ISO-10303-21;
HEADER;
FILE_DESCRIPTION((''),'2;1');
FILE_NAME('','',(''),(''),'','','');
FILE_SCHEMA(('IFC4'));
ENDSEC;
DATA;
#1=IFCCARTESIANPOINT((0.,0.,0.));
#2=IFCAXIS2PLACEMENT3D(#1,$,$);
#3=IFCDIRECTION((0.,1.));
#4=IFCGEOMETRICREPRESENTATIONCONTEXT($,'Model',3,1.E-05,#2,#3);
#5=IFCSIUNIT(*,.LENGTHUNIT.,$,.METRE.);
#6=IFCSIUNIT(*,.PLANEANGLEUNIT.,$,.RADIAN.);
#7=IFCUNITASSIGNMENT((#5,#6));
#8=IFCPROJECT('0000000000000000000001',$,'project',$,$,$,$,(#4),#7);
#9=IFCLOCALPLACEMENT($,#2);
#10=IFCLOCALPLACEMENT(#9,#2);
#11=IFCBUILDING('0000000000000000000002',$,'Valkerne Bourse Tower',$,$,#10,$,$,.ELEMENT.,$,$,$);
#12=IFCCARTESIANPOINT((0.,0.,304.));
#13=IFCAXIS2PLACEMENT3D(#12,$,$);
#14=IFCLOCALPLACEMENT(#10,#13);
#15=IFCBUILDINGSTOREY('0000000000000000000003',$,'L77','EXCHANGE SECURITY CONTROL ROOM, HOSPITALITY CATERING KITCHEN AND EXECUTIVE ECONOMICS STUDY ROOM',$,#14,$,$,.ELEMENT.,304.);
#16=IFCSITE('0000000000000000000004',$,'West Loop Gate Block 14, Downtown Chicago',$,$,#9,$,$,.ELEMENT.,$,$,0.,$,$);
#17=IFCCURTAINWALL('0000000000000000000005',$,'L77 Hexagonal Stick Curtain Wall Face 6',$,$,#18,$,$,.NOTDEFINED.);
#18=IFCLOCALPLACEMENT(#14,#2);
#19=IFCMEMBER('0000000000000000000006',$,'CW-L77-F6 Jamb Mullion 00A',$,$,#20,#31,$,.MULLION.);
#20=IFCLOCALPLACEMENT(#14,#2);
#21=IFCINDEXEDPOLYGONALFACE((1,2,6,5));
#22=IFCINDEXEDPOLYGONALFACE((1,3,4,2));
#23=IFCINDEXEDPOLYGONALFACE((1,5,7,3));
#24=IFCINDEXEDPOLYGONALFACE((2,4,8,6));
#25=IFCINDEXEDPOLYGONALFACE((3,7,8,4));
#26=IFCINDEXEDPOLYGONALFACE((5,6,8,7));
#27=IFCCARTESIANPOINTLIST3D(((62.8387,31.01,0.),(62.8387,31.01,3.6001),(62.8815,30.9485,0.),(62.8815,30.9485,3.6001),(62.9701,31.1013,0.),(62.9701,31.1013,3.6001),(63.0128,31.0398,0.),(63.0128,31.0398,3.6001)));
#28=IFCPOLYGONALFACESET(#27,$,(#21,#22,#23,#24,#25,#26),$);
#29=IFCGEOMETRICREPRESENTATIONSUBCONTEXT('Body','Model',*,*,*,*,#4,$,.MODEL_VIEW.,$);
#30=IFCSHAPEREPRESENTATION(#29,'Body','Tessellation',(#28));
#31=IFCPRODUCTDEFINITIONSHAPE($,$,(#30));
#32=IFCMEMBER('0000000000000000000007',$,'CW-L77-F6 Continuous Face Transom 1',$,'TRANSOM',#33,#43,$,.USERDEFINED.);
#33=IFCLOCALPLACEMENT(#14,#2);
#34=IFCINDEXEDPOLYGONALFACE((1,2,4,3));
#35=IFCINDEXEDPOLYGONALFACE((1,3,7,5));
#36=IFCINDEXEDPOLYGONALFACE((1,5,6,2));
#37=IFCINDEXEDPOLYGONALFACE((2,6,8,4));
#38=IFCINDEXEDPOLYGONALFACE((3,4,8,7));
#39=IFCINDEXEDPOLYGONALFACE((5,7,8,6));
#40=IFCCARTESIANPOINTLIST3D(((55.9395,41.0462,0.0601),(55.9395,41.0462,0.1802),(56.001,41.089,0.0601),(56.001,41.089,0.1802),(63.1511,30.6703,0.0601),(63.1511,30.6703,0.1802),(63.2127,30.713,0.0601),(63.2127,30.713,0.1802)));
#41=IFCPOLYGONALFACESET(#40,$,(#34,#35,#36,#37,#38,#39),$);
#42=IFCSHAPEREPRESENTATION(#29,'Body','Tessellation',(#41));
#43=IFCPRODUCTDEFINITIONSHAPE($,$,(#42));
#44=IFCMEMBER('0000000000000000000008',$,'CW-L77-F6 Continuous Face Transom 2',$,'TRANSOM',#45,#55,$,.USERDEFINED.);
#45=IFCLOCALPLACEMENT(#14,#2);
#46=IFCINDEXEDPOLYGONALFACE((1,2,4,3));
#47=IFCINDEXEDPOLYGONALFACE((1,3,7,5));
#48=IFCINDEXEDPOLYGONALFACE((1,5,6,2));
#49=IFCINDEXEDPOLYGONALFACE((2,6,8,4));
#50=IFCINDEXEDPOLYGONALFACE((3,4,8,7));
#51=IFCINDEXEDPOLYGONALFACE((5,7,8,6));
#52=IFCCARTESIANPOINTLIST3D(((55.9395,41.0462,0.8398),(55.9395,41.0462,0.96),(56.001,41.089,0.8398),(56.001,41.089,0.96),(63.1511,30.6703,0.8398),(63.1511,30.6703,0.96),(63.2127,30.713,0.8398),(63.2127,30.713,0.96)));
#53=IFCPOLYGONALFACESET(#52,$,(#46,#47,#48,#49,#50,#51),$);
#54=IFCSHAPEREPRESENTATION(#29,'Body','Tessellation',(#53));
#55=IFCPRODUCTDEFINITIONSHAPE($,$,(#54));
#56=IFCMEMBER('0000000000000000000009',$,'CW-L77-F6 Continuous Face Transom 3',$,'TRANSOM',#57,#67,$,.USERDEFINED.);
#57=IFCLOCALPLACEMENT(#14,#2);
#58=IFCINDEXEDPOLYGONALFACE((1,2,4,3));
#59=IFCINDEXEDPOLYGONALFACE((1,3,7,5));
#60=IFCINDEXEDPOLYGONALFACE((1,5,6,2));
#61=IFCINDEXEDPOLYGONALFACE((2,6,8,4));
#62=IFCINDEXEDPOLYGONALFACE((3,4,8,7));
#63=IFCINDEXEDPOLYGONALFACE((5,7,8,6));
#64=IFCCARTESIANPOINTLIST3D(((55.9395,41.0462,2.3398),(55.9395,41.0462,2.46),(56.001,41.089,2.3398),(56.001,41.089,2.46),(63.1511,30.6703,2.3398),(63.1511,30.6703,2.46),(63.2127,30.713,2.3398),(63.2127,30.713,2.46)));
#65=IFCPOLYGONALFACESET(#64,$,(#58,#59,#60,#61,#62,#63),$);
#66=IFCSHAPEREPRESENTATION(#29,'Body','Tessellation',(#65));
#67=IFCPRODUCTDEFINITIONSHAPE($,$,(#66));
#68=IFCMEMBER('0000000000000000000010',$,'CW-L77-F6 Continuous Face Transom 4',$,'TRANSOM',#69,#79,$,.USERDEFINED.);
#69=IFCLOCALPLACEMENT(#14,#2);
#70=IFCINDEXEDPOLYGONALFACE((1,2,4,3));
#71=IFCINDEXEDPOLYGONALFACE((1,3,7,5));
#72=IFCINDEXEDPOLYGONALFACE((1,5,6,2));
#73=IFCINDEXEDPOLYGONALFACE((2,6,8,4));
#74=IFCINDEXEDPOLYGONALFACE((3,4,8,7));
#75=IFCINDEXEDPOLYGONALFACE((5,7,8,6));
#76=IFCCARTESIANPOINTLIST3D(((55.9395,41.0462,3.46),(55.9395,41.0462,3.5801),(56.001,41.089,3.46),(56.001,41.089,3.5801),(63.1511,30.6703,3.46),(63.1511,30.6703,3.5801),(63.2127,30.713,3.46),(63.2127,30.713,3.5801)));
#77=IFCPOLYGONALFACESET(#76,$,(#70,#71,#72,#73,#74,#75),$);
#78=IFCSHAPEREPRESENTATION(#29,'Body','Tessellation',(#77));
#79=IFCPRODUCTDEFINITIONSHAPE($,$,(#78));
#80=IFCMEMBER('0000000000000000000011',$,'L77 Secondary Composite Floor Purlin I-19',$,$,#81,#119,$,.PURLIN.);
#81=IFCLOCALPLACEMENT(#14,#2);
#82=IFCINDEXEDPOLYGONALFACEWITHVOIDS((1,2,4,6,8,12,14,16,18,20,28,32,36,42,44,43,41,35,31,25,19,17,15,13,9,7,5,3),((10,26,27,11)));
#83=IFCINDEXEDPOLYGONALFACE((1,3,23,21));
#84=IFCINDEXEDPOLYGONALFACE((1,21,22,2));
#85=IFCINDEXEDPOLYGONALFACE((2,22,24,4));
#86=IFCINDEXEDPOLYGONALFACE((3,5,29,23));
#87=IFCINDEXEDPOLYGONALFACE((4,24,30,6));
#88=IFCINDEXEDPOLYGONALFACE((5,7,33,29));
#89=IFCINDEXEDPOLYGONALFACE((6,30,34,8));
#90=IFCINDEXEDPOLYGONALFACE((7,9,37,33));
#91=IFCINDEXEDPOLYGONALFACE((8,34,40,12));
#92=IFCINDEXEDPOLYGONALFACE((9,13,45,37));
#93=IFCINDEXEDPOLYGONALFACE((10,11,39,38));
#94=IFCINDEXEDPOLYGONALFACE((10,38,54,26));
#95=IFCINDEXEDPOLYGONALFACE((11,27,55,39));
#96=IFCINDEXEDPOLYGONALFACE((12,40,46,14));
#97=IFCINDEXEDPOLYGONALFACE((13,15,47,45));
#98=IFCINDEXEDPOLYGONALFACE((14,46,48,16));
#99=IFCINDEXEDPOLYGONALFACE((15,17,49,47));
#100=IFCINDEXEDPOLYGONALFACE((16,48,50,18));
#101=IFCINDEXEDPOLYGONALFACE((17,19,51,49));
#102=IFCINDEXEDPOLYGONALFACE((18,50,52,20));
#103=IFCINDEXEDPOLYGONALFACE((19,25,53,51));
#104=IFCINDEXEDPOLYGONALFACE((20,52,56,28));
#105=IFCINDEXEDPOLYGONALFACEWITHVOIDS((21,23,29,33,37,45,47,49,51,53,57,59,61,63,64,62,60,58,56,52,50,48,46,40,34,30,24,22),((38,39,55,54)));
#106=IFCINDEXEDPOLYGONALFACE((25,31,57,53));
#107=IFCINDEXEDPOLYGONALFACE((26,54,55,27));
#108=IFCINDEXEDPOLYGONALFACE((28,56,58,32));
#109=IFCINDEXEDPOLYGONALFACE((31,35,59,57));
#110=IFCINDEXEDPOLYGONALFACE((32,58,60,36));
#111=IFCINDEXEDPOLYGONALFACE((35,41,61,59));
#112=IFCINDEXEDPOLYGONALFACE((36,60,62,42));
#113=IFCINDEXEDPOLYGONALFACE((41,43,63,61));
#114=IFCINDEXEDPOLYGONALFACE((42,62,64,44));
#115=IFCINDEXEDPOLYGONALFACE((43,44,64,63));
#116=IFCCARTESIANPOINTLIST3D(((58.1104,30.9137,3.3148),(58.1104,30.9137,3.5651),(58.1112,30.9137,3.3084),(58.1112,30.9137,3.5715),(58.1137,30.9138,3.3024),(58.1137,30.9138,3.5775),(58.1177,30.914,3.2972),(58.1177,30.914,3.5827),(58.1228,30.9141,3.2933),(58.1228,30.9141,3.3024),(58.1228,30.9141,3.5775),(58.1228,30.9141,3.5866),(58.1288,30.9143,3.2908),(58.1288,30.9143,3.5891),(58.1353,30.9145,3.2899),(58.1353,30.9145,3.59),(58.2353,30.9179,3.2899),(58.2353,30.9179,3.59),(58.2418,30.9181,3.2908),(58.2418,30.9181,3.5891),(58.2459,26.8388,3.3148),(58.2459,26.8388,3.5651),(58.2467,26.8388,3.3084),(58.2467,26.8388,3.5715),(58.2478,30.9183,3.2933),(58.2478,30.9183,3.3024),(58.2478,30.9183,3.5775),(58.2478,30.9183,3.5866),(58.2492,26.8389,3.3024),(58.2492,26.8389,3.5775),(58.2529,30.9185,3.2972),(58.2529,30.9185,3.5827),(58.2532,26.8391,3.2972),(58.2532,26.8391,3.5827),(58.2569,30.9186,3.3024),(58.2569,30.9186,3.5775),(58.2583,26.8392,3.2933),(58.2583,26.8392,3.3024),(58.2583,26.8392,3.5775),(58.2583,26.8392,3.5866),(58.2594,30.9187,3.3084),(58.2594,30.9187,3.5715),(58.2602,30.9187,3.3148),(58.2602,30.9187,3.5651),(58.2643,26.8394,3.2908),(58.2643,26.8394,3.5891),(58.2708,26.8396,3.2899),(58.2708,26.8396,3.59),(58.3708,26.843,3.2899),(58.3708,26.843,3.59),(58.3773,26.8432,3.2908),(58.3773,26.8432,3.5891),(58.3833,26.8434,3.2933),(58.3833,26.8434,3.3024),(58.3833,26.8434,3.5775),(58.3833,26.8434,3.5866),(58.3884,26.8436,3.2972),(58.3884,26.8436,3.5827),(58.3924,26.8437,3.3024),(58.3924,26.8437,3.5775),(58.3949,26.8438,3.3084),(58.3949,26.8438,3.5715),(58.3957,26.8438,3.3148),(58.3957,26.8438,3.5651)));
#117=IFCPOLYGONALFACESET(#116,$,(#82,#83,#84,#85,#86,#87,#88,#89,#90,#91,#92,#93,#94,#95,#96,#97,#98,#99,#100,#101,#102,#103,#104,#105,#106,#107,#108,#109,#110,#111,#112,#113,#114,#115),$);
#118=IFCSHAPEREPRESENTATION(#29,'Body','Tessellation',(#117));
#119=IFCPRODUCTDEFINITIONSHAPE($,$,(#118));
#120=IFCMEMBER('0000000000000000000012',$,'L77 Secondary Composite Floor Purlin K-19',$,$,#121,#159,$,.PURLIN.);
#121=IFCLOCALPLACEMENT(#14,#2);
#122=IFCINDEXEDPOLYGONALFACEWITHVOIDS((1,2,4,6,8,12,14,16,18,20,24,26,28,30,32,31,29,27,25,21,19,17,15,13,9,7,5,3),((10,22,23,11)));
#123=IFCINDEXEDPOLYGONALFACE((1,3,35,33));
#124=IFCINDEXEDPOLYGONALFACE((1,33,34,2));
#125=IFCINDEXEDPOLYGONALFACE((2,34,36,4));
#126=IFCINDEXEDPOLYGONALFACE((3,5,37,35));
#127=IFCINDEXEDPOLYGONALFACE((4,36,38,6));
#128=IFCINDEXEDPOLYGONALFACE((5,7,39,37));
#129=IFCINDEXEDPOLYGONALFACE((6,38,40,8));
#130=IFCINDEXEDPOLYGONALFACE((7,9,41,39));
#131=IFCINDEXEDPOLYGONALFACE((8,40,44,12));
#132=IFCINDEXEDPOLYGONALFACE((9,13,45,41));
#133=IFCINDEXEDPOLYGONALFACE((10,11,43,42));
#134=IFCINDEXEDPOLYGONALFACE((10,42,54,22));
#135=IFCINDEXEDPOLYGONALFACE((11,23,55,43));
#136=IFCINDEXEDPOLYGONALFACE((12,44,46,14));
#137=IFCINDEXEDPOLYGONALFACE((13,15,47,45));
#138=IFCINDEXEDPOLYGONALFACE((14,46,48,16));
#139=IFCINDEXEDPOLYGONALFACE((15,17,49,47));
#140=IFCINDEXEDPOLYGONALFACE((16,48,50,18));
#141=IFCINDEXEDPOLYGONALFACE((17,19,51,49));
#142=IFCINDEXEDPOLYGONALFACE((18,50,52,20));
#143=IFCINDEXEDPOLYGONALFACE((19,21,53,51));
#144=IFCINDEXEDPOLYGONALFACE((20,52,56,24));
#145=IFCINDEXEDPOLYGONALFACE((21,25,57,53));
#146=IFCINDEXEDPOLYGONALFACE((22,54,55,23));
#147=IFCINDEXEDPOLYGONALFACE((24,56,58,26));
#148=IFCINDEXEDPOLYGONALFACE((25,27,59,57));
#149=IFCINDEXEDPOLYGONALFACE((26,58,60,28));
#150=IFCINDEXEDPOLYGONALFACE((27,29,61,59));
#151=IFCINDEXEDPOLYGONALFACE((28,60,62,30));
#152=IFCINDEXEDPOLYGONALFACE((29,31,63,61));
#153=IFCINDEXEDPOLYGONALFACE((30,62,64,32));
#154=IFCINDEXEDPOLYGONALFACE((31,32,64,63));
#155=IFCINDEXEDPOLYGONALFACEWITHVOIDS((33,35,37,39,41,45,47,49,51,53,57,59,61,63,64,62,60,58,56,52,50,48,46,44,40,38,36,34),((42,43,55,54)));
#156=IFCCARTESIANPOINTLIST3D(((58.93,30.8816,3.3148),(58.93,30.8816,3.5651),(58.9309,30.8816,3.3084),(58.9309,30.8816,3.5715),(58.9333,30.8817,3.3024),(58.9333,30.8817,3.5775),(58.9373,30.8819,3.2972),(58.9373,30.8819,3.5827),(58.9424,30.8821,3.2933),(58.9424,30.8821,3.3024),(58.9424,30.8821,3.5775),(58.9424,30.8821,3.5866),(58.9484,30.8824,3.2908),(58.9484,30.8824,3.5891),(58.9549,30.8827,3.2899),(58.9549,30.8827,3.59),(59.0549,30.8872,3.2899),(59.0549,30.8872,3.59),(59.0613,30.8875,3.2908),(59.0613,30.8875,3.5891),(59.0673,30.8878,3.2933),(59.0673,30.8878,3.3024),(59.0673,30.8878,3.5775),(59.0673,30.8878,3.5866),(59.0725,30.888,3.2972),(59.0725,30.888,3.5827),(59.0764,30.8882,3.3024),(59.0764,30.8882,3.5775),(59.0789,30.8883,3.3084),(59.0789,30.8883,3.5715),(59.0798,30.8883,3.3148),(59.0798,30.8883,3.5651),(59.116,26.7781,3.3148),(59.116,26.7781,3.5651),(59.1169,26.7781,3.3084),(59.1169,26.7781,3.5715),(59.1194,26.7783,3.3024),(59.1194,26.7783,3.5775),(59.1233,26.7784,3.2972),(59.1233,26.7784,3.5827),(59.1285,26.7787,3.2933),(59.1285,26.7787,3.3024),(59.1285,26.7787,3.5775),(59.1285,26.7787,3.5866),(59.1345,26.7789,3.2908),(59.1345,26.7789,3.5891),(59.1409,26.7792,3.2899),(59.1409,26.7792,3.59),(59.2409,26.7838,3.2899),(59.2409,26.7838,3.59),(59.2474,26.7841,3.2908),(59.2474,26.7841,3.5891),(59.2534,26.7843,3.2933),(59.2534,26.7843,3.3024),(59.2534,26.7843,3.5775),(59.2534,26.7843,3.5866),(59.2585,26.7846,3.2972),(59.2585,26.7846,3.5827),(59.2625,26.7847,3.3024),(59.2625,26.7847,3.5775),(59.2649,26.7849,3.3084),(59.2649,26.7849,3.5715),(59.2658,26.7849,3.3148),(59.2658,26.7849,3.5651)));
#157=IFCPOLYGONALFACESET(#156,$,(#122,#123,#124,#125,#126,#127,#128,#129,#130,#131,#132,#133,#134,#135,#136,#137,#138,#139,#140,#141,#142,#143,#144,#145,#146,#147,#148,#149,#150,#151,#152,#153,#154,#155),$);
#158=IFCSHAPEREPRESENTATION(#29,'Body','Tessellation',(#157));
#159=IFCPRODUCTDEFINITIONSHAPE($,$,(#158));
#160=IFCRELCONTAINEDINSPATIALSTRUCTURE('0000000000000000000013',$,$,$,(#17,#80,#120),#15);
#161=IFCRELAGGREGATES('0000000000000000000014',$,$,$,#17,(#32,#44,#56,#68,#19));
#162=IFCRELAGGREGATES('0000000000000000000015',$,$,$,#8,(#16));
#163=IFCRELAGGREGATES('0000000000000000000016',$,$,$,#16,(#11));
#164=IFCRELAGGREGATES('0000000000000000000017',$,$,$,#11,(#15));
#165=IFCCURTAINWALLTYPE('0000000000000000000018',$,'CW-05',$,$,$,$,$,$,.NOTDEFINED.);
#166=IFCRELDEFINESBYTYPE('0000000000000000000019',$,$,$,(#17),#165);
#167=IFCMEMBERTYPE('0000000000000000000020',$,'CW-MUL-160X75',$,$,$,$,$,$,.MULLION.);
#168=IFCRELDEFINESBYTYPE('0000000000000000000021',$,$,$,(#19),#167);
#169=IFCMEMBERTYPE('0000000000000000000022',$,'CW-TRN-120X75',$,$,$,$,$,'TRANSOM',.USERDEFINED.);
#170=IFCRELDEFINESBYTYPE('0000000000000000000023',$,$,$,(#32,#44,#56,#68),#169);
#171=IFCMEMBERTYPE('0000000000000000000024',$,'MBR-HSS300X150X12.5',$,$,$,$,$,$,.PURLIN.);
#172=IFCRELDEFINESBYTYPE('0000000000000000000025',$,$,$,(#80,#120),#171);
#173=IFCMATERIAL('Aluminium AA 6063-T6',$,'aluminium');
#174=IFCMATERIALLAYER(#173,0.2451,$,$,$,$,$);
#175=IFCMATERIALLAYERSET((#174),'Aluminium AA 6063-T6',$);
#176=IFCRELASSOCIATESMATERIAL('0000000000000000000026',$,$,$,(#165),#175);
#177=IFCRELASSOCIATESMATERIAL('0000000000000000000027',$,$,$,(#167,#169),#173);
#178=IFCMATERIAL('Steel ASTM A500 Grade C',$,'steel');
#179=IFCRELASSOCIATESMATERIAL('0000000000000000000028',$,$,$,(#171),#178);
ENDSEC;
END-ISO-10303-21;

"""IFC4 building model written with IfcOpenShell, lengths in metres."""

from ifc_helpers import new_model, si_unit, direction, frame, origin, origin_2d, place, context, subcontext, project, spatial, rectangle, hollow_rectangle, extrude, material, layer, layer_set, material_profile, profile_set, type_object, element, aggregate, save


model = new_model("IFC4")

# Units and contexts
model_context = context("Model", 3, precision=1e-05, world=origin(), true_north=direction((0.0, 1.0)))
body_context = subcontext(model_context, "Body", "Model", "MODEL_VIEW")
ifc_project = project(units=[si_unit("LENGTHUNIT", "METRE"), si_unit("PLANEANGLEUNIT", "RADIAN")], contexts=[model_context])

# Site, building, storey
site_placement = place(None, origin())
site = spatial("IfcSite", under=ifc_project, at=site_placement, Name="West Loop Gate Block 14, Downtown Chicago", CompositionType="ELEMENT", RefElevation=0.0)
building_placement = place(site_placement, origin())
building = spatial("IfcBuilding", under=site, at=building_placement, Name="Valkerne Bourse Tower", CompositionType="ELEMENT")
storey_placement = place(building_placement, frame((0.0, 0.0, 304.0)))
storey = spatial("IfcBuildingStorey", under=building, at=storey_placement, Name="L77", Description="EXCHANGE SECURITY CONTROL ROOM, HOSPITALITY CATERING KITCHEN AND EXECUTIVE ECONOMICS STUDY ROOM", CompositionType="ELEMENT", Elevation=304.0)

# Shared definitions
ifc_material_1 = material(Name="Steel ASTM A500 Grade C", Category="steel")

# Curtain wall, members
ifc_material_2 = material(Name="Aluminium AA 6063-T6", Category="aluminium")
ifc_layer_1 = layer(ifc_material_2, 0.2451)
ifc_layer_set_1 = layer_set([ifc_layer_1], Name="Aluminium AA 6063-T6")
curtain_wall_type = type_object("IfcCurtainWallType", Name="CW-05", PredefinedType="NOTDEFINED", material=ifc_layer_set_1)
curtain_wall_placement = place(storey_placement, origin())
curtain_wall = element("IfcCurtainWall", 1, at=curtain_wall_placement, inside=storey, type_object=curtain_wall_type, Name="L77 Hexagonal Stick Curtain Wall Face 6", PredefinedType="NOTDEFINED")
ifc_material_profile_1 = material_profile(ifc_material_2, rectangle(XDim=0.075, YDim=0.1599, at=origin_2d()), Name="CWM-75X160")
ifc_profile_set_1 = profile_set([ifc_material_profile_1], Name="Aluminium AA 6063-T6")
member_type_1 = type_object("IfcMemberType", Name="CW-MUL-160X75", PredefinedType="MULLION", material=ifc_profile_set_1)
member_1_placement = place(storey_placement, frame((62.9258, 31.0249, 0.0), z_axis=(0.0, 0.0, 1.0), x_axis=(-0.570704, 0.821156, 0.0)))
member_1 = element("IfcMember", 2, at=member_1_placement, type_object=member_type_1, Name="CW-L77-F6 Jamb Mullion 00A", PredefinedType="MULLION", context=body_context, shape_type="SweptSolid", body=[
    extrude(rectangle(XDim=0.075, YDim=0.1599, at=origin_2d()), origin(), (0.0, 0.0, 1.0), 3.6001),
])
ifc_material_profile_2 = material_profile(ifc_material_2, rectangle(XDim=0.075, YDim=0.1201, at=origin_2d()), Name="CWT-75X120")
ifc_profile_set_2 = profile_set([ifc_material_profile_2], Name="Aluminium AA 6063-T6")
member_type_2 = type_object("IfcMemberType", Name="CW-TRN-120X75", ElementType="TRANSOM", PredefinedType="USERDEFINED", material=ifc_profile_set_2)
member_2_placement = place(storey_placement, frame((63.1819, 30.6917, 0.1201), z_axis=(-0.570723, 0.821143, 0.0), x_axis=(-0.821143, -0.570723, 0.0)))
member_2 = element("IfcMember", 3, at=member_2_placement, type_object=member_type_2, Name="CW-L77-F6 Continuous Face Transom 1", ObjectType="TRANSOM", PredefinedType="USERDEFINED", context=body_context, shape_type="SweptSolid", body=[
    extrude(rectangle(XDim=0.075, YDim=0.1201, at=origin_2d()), origin(), (0.0, 0.0, 1.0), 12.636),
])
member_3_placement = place(storey_placement, frame((63.1819, 30.6917, 0.8999), z_axis=(-0.570723, 0.821143, 0.0), x_axis=(-0.821143, -0.570723, 0.0)))
member_3 = element("IfcMember", 4, at=member_3_placement, type_object=member_type_2, Name="CW-L77-F6 Continuous Face Transom 2", ObjectType="TRANSOM", PredefinedType="USERDEFINED", context=body_context, shape_type="SweptSolid", body=[
    extrude(rectangle(XDim=0.075, YDim=0.1201, at=origin_2d()), origin(), (0.0, 0.0, 1.0), 12.636),
])
member_4_placement = place(storey_placement, frame((63.1819, 30.6917, 2.3999), z_axis=(-0.570723, 0.821143, 0.0), x_axis=(-0.821143, -0.570723, 0.0)))
member_4 = element("IfcMember", 5, at=member_4_placement, type_object=member_type_2, Name="CW-L77-F6 Continuous Face Transom 3", ObjectType="TRANSOM", PredefinedType="USERDEFINED", context=body_context, shape_type="SweptSolid", body=[
    extrude(rectangle(XDim=0.075, YDim=0.1201, at=origin_2d()), origin(), (0.0, 0.0, 1.0), 12.636),
])
member_5_placement = place(storey_placement, frame((63.1819, 30.6917, 3.52), z_axis=(-0.570723, 0.821143, 0.0), x_axis=(-0.821143, -0.570723, 0.0)))
member_5 = element("IfcMember", 6, at=member_5_placement, type_object=member_type_2, Name="CW-L77-F6 Continuous Face Transom 4", ObjectType="TRANSOM", PredefinedType="USERDEFINED", context=body_context, shape_type="SweptSolid", body=[
    extrude(rectangle(XDim=0.075, YDim=0.1201, at=origin_2d()), origin(), (0.0, 0.0, 1.0), 12.636),
])

# Members
ifc_material_profile_3 = material_profile(ifc_material_1, hollow_rectangle(XDim=0.1499, YDim=0.3, WallThickness=0.0125, OuterFilletRadius=0.0249, at=origin_2d()), Name="HSS300X150X12.5")
ifc_profile_set_3 = profile_set([ifc_material_profile_3], Name="Steel ASTM A500 Grade C")
member_type_3 = type_object("IfcMemberType", Name="MBR-HSS300X150X12.5", PredefinedType="PURLIN", material=ifc_profile_set_3)
member_6_placement = place(storey_placement, frame((58.3208, 26.8413, 3.4399), z_axis=(-0.033233, 0.999448, 0.0), x_axis=(-0.999448, -0.033233, 0.0)))
element("IfcMember", 7, at=member_6_placement, inside=storey, type_object=member_type_3, Name="L77 Secondary Composite Floor Purlin I-19", PredefinedType="PURLIN", context=body_context, shape_type="SweptSolid", body=[
    extrude(hollow_rectangle(XDim=0.1499, YDim=0.3, WallThickness=0.0125, OuterFilletRadius=0.0249, at=origin_2d()), origin(), (0.0, 0.0, 1.0), 4.0771),
])
member_7_placement = place(storey_placement, frame((59.1909, 26.7815, 3.4399), z_axis=(-0.045289, 0.998974, 0.0), x_axis=(-0.998974, -0.045289, 0.0)))
element("IfcMember", 8, at=member_7_placement, inside=storey, type_object=member_type_3, Name="L77 Secondary Composite Floor Purlin K-19", PredefinedType="PURLIN", context=body_context, shape_type="SweptSolid", body=[
    extrude(hollow_rectangle(XDim=0.1499, YDim=0.3, WallThickness=0.0125, OuterFilletRadius=0.0249, at=origin_2d()), origin(), (0.0, 0.0, 1.0), 4.1077),
])

aggregate(curtain_wall, [member_2, member_3, member_4, member_5, member_1])

save(model, "model.ifc")
